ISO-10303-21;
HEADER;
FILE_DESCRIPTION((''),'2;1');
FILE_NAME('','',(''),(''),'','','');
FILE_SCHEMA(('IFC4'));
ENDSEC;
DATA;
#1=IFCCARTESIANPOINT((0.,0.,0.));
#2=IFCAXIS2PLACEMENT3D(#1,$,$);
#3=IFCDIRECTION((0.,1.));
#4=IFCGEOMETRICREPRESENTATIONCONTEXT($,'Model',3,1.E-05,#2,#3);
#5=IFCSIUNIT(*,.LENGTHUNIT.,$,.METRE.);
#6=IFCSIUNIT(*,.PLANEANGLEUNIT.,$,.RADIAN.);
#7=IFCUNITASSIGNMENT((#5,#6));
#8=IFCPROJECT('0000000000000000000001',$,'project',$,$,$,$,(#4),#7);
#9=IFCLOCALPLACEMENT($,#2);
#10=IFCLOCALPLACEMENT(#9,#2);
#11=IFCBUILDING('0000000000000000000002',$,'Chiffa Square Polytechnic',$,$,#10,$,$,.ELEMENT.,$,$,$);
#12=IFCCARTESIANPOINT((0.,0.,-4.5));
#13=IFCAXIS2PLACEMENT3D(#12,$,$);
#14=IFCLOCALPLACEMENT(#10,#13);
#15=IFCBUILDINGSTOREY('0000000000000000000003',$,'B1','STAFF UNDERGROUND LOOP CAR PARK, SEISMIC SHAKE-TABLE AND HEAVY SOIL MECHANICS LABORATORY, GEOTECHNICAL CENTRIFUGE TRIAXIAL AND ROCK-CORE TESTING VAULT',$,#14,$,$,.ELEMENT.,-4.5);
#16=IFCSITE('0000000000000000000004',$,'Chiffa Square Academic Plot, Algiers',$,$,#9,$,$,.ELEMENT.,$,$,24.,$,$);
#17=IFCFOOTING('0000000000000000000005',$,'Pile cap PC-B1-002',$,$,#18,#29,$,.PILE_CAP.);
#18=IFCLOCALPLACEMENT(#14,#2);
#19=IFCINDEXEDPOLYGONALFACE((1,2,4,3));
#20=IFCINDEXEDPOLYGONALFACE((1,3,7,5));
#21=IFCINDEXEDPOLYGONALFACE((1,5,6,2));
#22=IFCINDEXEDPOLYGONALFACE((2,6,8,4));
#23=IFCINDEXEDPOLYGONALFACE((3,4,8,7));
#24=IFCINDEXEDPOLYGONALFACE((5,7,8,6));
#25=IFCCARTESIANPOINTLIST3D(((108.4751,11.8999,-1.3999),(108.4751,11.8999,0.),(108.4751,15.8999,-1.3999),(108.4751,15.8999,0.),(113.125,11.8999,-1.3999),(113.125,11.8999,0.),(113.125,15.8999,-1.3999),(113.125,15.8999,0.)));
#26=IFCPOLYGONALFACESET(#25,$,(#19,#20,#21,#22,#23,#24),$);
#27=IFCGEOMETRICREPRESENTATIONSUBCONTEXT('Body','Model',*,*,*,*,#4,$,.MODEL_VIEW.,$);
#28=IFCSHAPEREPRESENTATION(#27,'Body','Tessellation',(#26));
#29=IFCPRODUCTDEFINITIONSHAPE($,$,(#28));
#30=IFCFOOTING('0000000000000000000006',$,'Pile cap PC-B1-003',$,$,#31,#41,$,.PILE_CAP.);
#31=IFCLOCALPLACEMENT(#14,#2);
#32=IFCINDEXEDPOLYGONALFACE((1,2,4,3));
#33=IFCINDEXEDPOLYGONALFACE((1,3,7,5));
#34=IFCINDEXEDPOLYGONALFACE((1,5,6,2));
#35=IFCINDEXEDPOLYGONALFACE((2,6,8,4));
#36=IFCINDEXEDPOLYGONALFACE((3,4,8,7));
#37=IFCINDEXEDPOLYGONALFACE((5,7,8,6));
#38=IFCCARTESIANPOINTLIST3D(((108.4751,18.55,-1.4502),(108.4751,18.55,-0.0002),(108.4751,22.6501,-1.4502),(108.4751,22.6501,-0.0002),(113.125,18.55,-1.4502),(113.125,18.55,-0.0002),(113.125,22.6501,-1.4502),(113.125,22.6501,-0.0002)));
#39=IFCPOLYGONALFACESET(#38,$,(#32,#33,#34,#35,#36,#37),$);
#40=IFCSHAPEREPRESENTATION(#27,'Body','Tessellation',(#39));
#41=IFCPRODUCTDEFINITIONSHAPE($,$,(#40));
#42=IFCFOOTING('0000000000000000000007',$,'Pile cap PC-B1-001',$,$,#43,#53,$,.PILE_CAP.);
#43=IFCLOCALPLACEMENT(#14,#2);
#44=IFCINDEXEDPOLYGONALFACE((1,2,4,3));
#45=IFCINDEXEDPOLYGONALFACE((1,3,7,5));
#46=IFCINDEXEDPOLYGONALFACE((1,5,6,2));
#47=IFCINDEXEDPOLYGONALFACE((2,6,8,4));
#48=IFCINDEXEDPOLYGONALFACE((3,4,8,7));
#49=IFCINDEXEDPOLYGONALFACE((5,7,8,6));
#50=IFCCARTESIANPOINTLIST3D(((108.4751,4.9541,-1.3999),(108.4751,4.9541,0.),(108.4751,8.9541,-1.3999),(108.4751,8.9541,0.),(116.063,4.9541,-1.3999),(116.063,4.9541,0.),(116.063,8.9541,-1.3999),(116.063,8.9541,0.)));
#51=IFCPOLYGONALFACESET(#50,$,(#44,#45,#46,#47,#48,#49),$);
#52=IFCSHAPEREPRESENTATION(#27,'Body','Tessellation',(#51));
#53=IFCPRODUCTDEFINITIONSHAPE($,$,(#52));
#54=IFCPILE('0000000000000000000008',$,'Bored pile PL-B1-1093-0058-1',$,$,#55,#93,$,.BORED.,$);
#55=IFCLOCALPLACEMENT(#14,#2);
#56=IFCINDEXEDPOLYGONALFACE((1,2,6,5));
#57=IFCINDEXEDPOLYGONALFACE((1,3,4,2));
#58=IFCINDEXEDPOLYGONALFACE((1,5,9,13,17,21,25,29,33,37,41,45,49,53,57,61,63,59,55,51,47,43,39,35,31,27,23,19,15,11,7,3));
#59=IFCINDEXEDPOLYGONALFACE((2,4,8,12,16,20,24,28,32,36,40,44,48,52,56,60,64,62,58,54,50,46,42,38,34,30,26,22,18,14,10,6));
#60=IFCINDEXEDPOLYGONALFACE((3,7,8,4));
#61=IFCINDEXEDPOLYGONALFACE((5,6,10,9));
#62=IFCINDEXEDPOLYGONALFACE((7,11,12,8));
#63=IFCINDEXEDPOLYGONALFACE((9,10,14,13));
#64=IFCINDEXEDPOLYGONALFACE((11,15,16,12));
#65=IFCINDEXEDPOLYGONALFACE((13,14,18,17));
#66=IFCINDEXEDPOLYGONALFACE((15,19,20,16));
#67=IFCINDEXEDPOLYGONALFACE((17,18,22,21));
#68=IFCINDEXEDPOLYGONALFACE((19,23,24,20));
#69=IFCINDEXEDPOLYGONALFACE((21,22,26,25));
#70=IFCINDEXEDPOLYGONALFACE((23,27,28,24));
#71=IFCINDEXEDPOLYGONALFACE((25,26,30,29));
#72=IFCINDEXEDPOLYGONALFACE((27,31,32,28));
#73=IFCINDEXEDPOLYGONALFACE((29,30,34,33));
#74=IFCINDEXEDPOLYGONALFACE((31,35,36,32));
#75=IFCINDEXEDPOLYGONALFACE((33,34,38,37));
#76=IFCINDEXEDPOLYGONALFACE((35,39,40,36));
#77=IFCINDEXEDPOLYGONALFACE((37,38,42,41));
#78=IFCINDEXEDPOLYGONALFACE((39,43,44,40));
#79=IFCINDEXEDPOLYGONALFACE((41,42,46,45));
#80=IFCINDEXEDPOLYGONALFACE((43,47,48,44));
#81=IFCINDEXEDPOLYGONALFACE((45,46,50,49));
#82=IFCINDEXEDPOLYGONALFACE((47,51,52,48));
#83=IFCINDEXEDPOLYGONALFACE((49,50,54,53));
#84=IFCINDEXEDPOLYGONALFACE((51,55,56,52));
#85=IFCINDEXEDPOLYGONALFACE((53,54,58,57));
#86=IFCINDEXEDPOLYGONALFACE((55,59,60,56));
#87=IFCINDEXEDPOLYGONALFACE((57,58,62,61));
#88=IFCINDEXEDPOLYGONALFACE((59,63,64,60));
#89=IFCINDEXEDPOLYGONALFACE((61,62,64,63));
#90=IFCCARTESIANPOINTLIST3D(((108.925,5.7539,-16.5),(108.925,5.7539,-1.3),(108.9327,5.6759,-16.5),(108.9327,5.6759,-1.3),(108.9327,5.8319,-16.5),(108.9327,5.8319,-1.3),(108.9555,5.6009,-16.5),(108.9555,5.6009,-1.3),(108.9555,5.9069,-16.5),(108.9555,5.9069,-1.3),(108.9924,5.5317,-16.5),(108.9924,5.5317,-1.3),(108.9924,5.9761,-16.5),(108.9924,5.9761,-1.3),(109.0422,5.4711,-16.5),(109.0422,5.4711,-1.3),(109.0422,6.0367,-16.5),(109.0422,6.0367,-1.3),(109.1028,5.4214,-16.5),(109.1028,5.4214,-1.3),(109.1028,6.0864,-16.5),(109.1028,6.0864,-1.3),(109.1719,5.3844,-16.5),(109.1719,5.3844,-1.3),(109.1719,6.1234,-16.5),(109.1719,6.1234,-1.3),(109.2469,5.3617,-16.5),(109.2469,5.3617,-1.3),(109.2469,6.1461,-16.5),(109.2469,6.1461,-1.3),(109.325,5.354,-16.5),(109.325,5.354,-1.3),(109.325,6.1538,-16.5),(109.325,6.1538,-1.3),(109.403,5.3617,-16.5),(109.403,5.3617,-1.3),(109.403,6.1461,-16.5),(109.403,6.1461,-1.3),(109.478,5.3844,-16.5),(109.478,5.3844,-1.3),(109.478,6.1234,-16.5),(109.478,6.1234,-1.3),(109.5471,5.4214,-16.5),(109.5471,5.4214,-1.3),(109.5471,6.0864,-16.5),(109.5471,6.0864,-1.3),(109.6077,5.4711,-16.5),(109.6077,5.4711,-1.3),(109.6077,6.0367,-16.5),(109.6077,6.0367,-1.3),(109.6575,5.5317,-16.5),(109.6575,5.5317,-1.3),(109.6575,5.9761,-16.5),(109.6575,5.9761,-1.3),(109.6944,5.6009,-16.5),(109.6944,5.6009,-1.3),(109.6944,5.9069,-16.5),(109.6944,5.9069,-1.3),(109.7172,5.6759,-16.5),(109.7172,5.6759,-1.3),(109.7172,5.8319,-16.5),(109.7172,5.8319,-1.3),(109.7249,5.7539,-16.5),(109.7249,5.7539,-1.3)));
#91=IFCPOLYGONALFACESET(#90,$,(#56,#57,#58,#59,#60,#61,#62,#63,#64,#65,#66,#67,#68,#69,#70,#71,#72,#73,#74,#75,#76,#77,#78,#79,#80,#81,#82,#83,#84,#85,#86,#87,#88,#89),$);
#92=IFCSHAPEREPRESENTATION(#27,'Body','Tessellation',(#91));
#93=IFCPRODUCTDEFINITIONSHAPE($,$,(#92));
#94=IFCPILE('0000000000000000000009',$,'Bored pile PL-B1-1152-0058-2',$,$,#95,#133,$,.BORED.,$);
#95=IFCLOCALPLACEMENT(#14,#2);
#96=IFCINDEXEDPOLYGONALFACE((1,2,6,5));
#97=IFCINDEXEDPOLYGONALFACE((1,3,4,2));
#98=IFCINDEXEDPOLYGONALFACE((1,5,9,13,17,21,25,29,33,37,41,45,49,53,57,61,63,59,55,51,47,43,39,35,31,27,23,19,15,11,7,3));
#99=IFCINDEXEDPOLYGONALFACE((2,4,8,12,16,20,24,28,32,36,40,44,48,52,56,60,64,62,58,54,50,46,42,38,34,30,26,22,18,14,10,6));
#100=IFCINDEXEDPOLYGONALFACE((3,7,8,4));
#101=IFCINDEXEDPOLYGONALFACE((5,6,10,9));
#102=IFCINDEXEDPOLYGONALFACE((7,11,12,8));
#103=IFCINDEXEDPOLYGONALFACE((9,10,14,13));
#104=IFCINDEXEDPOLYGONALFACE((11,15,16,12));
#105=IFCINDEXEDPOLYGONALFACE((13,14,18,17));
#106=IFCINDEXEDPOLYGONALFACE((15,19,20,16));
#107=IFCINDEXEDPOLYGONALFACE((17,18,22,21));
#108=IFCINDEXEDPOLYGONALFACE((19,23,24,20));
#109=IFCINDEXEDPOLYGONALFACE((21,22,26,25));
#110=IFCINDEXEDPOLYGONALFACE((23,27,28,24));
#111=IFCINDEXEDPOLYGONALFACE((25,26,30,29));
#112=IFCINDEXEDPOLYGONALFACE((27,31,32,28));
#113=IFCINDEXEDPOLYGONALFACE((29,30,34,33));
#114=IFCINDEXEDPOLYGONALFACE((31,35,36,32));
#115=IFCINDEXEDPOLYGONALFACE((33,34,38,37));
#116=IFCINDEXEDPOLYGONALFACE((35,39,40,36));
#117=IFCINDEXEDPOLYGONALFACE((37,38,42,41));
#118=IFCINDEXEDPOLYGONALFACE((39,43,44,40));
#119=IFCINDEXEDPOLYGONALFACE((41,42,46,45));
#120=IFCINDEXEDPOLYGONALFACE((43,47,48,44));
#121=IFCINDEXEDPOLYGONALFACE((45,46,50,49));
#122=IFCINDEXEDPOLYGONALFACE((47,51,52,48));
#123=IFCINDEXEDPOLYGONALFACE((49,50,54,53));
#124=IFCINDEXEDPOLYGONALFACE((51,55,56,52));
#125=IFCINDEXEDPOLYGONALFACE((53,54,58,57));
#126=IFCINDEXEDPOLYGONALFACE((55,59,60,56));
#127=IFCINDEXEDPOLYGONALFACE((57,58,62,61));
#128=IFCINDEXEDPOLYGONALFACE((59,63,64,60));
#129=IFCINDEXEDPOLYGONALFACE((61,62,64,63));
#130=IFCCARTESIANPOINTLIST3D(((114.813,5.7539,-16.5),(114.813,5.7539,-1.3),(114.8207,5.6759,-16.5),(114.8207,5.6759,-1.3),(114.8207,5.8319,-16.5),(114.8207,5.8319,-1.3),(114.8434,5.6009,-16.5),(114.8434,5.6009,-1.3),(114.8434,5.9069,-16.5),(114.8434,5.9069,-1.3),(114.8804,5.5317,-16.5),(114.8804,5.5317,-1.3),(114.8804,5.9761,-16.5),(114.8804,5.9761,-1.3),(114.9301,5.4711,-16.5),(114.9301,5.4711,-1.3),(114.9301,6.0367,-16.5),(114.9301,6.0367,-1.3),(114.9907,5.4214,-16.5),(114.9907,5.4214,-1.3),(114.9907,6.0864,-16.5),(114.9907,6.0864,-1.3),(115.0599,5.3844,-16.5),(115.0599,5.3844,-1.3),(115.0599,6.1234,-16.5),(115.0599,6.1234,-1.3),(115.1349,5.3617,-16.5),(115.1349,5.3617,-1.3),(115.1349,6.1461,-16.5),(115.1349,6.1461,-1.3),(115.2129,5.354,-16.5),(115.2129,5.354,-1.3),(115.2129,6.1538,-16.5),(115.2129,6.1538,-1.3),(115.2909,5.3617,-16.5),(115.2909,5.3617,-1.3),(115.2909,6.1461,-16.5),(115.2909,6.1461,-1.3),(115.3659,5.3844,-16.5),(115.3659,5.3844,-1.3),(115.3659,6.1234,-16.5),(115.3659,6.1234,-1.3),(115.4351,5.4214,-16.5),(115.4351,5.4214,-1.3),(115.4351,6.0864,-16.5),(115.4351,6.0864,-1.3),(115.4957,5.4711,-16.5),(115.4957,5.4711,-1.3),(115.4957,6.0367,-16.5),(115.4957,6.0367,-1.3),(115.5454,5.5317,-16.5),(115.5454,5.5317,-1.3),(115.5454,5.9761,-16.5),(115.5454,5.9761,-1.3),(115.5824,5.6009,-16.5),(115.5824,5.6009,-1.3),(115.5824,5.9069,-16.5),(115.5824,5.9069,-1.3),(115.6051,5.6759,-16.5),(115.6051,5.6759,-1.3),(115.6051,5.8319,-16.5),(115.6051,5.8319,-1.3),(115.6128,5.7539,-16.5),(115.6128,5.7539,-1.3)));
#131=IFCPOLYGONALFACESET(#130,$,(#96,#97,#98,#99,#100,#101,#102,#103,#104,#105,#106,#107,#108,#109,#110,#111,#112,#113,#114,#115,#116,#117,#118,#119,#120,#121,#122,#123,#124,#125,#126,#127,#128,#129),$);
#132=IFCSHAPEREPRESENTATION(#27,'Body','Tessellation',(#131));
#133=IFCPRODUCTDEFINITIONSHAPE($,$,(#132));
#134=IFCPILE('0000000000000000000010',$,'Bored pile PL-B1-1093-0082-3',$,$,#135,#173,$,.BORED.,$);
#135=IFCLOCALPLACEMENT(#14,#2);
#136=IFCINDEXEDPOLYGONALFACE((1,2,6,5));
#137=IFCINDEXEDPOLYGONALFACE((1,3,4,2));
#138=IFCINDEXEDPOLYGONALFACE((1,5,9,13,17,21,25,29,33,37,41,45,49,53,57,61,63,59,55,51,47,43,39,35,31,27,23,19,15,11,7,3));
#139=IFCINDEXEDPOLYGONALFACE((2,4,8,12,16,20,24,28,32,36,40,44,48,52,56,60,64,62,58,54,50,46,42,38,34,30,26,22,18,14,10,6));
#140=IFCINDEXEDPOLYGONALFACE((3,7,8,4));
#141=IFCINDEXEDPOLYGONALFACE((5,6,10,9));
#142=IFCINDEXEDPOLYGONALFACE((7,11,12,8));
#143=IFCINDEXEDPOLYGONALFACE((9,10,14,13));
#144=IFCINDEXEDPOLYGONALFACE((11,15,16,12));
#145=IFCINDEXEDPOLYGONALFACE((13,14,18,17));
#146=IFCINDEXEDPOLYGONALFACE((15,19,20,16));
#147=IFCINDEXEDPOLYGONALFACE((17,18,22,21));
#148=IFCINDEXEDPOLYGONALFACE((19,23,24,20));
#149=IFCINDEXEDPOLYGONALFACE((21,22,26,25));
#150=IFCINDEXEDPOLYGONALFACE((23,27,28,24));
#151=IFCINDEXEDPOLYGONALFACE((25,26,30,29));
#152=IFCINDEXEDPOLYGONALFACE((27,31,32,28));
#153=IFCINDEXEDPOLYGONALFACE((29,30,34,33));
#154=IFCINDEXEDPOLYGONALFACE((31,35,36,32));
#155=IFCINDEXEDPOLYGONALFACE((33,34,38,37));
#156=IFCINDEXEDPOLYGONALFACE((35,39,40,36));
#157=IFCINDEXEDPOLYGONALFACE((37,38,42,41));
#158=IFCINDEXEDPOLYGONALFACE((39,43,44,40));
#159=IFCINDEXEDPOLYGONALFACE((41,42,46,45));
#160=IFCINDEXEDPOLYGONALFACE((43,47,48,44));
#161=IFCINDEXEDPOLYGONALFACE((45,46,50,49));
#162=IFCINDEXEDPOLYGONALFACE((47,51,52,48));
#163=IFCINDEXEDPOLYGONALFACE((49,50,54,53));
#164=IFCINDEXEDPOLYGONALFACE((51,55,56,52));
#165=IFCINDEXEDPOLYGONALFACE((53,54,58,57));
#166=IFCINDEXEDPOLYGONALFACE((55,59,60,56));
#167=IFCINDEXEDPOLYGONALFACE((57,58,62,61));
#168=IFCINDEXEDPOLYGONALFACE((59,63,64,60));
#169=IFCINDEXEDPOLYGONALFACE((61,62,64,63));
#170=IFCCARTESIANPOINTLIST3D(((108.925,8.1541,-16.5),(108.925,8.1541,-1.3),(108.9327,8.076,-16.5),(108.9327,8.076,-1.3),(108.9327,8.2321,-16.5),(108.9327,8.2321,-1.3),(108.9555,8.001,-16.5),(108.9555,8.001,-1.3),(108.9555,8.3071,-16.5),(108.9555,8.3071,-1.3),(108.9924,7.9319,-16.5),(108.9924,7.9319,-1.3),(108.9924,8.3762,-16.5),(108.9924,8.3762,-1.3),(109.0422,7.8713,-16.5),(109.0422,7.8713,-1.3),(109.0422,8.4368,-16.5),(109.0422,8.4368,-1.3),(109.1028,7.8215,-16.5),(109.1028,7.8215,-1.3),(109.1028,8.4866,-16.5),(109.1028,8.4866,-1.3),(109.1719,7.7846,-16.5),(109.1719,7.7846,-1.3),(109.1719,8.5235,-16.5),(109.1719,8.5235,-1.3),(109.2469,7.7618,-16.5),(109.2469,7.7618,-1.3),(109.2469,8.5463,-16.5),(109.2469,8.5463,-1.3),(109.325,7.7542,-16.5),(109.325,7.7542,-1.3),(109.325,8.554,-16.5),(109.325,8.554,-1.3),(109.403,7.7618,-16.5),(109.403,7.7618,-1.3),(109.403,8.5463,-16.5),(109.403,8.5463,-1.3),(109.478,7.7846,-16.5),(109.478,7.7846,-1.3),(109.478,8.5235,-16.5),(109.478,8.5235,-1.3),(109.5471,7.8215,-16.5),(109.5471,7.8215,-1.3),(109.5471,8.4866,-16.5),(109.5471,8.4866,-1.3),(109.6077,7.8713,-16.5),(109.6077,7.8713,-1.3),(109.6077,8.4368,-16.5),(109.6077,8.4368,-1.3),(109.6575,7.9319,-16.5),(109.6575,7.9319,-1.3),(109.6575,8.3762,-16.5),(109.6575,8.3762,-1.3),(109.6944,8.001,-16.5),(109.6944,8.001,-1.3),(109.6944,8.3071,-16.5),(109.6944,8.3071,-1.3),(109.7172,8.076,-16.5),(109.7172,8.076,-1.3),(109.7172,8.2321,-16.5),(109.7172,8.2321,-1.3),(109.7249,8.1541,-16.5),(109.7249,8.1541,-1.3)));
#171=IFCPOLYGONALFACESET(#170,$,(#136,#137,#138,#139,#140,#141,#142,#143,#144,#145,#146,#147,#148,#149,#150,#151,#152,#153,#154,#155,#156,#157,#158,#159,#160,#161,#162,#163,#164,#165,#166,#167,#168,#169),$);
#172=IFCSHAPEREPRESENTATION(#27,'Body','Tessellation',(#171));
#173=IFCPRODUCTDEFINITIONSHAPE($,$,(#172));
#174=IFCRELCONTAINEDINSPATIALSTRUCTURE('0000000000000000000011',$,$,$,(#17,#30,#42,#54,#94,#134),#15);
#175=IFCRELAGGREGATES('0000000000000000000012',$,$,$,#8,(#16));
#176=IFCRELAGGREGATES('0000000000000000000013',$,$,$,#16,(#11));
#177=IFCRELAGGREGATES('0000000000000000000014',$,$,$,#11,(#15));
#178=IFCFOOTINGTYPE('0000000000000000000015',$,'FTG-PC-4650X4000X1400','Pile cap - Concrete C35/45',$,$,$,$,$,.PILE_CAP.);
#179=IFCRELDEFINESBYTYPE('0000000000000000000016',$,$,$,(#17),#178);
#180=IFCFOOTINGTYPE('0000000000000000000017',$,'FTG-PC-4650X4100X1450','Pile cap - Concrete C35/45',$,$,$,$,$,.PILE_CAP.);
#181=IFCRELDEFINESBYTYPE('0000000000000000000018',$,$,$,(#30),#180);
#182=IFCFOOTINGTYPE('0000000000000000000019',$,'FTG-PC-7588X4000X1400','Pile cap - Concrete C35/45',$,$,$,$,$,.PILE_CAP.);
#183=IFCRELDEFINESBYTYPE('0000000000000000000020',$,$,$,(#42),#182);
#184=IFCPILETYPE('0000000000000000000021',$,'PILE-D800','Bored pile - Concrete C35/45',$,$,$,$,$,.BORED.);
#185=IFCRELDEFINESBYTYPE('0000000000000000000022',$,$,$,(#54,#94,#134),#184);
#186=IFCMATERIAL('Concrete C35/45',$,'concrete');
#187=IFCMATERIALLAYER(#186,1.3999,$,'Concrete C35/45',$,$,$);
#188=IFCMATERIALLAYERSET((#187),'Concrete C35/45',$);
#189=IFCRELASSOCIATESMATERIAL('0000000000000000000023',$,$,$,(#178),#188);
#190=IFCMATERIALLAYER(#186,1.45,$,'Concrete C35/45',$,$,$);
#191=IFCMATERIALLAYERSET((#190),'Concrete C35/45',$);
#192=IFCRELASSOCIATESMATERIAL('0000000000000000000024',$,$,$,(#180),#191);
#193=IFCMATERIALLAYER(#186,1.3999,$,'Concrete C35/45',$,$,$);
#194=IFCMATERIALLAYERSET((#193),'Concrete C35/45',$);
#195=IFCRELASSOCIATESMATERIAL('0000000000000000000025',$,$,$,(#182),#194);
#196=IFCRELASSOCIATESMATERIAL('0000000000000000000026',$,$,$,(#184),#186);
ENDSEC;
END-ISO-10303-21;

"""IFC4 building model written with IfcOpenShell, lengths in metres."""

from ifc_helpers import new_model, si_unit, direction, frame, origin, origin_2d, place, context, subcontext, project, spatial, rectangle, circle, extrude, material, layer, layer_set, material_profile, profile_set, type_object, element, save


model = new_model("IFC4")

# Units and contexts
model_context = context("Model", 3, precision=1e-05, world=origin(), true_north=direction((0.0, 1.0)))
body_context = subcontext(model_context, "Body", "Model", "MODEL_VIEW")
ifc_project = project(units=[si_unit("LENGTHUNIT", "METRE"), si_unit("PLANEANGLEUNIT", "RADIAN")], contexts=[model_context])

# Site, building, storey
site_placement = place(None, origin())
site = spatial("IfcSite", under=ifc_project, at=site_placement, Name="Chiffa Square Academic Plot, Algiers", CompositionType="ELEMENT", RefElevation=24.0)
building_placement = place(site_placement, origin())
building = spatial("IfcBuilding", under=site, at=building_placement, Name="Chiffa Square Polytechnic", CompositionType="ELEMENT")
storey_placement = place(building_placement, frame((0.0, 0.0, -4.5)))
storey = spatial("IfcBuildingStorey", under=building, at=storey_placement, Name="B1", Description="STAFF UNDERGROUND LOOP CAR PARK, SEISMIC SHAKE-TABLE AND HEAVY SOIL MECHANICS LABORATORY, GEOTECHNICAL CENTRIFUGE TRIAXIAL AND ROCK-CORE TESTING VAULT", CompositionType="ELEMENT", Elevation=-4.5)

# Footings
ifc_material_1 = material(Name="Concrete C35/45", Category="concrete")
ifc_layer_1 = layer(ifc_material_1, 1.3999, Name="Concrete C35/45")
ifc_layer_set_1 = layer_set([ifc_layer_1], Name="Concrete C35/45")
footing_type_1 = type_object("IfcFootingType", Name="FTG-PC-4650X4000X1400", Description="Pile cap - Concrete C35/45", PredefinedType="PILE_CAP", material=ifc_layer_set_1)
footing_1_placement = place(storey_placement, frame((110.8, 13.8999, -1.3999), z_axis=(0.0, 0.0, 1.0), x_axis=(1.0, 0.0, 0.0)))
element("IfcFooting", 1, at=footing_1_placement, inside=storey, type_object=footing_type_1, Name="Pile cap PC-B1-002", PredefinedType="PILE_CAP", context=body_context, shape_type="SweptSolid", body=[
    extrude(rectangle(XDim=4.6499, YDim=4.0, at=origin_2d()), origin(), (0.0, 0.0, 1.0), 1.3999),
])
ifc_layer_2 = layer(ifc_material_1, 1.45, Name="Concrete C35/45")
ifc_layer_set_2 = layer_set([ifc_layer_2], Name="Concrete C35/45")
footing_type_2 = type_object("IfcFootingType", Name="FTG-PC-4650X4100X1450", Description="Pile cap - Concrete C35/45", PredefinedType="PILE_CAP", material=ifc_layer_set_2)
footing_2_placement = place(storey_placement, frame((110.8, 20.6001, -1.4502), z_axis=(0.0, 0.0, 1.0), x_axis=(1.0, 0.0, 0.0)))
element("IfcFooting", 2, at=footing_2_placement, inside=storey, type_object=footing_type_2, Name="Pile cap PC-B1-003", PredefinedType="PILE_CAP", context=body_context, shape_type="SweptSolid", body=[
    extrude(rectangle(XDim=4.6499, YDim=4.1001, at=origin_2d()), origin(), (0.0, 0.0, 1.0), 1.45),
])
ifc_layer_3 = layer(ifc_material_1, 1.3999, Name="Concrete C35/45")
ifc_layer_set_3 = layer_set([ifc_layer_3], Name="Concrete C35/45")
footing_type_3 = type_object("IfcFootingType", Name="FTG-PC-7588X4000X1400", Description="Pile cap - Concrete C35/45", PredefinedType="PILE_CAP", material=ifc_layer_set_3)
footing_3_placement = place(storey_placement, frame((112.269, 6.9541, -1.3999), z_axis=(0.0, 0.0, 1.0), x_axis=(1.0, 0.0, 0.0)))
element("IfcFooting", 3, at=footing_3_placement, inside=storey, type_object=footing_type_3, Name="Pile cap PC-B1-001", PredefinedType="PILE_CAP", context=body_context, shape_type="SweptSolid", body=[
    extrude(rectangle(XDim=7.5879, YDim=4.0, at=origin_2d()), origin(), (0.0, 0.0, 1.0), 1.3999),
])

# Piles
ifc_material_profile_1 = material_profile(ifc_material_1, circle(Radius=0.3999, at=origin_2d()), Name="PILE D800")
ifc_profile_set_1 = profile_set([ifc_material_profile_1], Name="Concrete C35/45")
pile_type_1 = type_object("IfcPileType", Name="PILE-D800", Description="Bored pile - Concrete C35/45", PredefinedType="BORED", material=ifc_profile_set_1)
for number, where, z_axis, x_axis, name in (
    (4, (109.325, 5.7539, -1.3), (0.0, 0.0, -1.0), (1.0, 0.0, 0.0), "Bored pile PL-B1-1093-0058-1"),
    (5, (115.2129, 5.7539, -1.3), (0.0, 0.0, -1.0), (1.0, 0.0, 0.0), "Bored pile PL-B1-1152-0058-2"),
    (6, (109.325, 8.1541, -1.3), (0.0, 0.0, -1.0), (1.0, 0.0, 0.0), "Bored pile PL-B1-1093-0082-3"),
):
    element("IfcPile", number, at=place(storey_placement, frame(where, z_axis=z_axis, x_axis=x_axis)), inside=storey, type_object=pile_type_1, Name=name, PredefinedType="BORED", context=body_context, shape_type="SweptSolid", body=[
        extrude(circle(Radius=0.3999, at=origin_2d()), origin(), (0.0, 0.0, 1.0), 15.2),
    ])

save(model, "model.ifc")
